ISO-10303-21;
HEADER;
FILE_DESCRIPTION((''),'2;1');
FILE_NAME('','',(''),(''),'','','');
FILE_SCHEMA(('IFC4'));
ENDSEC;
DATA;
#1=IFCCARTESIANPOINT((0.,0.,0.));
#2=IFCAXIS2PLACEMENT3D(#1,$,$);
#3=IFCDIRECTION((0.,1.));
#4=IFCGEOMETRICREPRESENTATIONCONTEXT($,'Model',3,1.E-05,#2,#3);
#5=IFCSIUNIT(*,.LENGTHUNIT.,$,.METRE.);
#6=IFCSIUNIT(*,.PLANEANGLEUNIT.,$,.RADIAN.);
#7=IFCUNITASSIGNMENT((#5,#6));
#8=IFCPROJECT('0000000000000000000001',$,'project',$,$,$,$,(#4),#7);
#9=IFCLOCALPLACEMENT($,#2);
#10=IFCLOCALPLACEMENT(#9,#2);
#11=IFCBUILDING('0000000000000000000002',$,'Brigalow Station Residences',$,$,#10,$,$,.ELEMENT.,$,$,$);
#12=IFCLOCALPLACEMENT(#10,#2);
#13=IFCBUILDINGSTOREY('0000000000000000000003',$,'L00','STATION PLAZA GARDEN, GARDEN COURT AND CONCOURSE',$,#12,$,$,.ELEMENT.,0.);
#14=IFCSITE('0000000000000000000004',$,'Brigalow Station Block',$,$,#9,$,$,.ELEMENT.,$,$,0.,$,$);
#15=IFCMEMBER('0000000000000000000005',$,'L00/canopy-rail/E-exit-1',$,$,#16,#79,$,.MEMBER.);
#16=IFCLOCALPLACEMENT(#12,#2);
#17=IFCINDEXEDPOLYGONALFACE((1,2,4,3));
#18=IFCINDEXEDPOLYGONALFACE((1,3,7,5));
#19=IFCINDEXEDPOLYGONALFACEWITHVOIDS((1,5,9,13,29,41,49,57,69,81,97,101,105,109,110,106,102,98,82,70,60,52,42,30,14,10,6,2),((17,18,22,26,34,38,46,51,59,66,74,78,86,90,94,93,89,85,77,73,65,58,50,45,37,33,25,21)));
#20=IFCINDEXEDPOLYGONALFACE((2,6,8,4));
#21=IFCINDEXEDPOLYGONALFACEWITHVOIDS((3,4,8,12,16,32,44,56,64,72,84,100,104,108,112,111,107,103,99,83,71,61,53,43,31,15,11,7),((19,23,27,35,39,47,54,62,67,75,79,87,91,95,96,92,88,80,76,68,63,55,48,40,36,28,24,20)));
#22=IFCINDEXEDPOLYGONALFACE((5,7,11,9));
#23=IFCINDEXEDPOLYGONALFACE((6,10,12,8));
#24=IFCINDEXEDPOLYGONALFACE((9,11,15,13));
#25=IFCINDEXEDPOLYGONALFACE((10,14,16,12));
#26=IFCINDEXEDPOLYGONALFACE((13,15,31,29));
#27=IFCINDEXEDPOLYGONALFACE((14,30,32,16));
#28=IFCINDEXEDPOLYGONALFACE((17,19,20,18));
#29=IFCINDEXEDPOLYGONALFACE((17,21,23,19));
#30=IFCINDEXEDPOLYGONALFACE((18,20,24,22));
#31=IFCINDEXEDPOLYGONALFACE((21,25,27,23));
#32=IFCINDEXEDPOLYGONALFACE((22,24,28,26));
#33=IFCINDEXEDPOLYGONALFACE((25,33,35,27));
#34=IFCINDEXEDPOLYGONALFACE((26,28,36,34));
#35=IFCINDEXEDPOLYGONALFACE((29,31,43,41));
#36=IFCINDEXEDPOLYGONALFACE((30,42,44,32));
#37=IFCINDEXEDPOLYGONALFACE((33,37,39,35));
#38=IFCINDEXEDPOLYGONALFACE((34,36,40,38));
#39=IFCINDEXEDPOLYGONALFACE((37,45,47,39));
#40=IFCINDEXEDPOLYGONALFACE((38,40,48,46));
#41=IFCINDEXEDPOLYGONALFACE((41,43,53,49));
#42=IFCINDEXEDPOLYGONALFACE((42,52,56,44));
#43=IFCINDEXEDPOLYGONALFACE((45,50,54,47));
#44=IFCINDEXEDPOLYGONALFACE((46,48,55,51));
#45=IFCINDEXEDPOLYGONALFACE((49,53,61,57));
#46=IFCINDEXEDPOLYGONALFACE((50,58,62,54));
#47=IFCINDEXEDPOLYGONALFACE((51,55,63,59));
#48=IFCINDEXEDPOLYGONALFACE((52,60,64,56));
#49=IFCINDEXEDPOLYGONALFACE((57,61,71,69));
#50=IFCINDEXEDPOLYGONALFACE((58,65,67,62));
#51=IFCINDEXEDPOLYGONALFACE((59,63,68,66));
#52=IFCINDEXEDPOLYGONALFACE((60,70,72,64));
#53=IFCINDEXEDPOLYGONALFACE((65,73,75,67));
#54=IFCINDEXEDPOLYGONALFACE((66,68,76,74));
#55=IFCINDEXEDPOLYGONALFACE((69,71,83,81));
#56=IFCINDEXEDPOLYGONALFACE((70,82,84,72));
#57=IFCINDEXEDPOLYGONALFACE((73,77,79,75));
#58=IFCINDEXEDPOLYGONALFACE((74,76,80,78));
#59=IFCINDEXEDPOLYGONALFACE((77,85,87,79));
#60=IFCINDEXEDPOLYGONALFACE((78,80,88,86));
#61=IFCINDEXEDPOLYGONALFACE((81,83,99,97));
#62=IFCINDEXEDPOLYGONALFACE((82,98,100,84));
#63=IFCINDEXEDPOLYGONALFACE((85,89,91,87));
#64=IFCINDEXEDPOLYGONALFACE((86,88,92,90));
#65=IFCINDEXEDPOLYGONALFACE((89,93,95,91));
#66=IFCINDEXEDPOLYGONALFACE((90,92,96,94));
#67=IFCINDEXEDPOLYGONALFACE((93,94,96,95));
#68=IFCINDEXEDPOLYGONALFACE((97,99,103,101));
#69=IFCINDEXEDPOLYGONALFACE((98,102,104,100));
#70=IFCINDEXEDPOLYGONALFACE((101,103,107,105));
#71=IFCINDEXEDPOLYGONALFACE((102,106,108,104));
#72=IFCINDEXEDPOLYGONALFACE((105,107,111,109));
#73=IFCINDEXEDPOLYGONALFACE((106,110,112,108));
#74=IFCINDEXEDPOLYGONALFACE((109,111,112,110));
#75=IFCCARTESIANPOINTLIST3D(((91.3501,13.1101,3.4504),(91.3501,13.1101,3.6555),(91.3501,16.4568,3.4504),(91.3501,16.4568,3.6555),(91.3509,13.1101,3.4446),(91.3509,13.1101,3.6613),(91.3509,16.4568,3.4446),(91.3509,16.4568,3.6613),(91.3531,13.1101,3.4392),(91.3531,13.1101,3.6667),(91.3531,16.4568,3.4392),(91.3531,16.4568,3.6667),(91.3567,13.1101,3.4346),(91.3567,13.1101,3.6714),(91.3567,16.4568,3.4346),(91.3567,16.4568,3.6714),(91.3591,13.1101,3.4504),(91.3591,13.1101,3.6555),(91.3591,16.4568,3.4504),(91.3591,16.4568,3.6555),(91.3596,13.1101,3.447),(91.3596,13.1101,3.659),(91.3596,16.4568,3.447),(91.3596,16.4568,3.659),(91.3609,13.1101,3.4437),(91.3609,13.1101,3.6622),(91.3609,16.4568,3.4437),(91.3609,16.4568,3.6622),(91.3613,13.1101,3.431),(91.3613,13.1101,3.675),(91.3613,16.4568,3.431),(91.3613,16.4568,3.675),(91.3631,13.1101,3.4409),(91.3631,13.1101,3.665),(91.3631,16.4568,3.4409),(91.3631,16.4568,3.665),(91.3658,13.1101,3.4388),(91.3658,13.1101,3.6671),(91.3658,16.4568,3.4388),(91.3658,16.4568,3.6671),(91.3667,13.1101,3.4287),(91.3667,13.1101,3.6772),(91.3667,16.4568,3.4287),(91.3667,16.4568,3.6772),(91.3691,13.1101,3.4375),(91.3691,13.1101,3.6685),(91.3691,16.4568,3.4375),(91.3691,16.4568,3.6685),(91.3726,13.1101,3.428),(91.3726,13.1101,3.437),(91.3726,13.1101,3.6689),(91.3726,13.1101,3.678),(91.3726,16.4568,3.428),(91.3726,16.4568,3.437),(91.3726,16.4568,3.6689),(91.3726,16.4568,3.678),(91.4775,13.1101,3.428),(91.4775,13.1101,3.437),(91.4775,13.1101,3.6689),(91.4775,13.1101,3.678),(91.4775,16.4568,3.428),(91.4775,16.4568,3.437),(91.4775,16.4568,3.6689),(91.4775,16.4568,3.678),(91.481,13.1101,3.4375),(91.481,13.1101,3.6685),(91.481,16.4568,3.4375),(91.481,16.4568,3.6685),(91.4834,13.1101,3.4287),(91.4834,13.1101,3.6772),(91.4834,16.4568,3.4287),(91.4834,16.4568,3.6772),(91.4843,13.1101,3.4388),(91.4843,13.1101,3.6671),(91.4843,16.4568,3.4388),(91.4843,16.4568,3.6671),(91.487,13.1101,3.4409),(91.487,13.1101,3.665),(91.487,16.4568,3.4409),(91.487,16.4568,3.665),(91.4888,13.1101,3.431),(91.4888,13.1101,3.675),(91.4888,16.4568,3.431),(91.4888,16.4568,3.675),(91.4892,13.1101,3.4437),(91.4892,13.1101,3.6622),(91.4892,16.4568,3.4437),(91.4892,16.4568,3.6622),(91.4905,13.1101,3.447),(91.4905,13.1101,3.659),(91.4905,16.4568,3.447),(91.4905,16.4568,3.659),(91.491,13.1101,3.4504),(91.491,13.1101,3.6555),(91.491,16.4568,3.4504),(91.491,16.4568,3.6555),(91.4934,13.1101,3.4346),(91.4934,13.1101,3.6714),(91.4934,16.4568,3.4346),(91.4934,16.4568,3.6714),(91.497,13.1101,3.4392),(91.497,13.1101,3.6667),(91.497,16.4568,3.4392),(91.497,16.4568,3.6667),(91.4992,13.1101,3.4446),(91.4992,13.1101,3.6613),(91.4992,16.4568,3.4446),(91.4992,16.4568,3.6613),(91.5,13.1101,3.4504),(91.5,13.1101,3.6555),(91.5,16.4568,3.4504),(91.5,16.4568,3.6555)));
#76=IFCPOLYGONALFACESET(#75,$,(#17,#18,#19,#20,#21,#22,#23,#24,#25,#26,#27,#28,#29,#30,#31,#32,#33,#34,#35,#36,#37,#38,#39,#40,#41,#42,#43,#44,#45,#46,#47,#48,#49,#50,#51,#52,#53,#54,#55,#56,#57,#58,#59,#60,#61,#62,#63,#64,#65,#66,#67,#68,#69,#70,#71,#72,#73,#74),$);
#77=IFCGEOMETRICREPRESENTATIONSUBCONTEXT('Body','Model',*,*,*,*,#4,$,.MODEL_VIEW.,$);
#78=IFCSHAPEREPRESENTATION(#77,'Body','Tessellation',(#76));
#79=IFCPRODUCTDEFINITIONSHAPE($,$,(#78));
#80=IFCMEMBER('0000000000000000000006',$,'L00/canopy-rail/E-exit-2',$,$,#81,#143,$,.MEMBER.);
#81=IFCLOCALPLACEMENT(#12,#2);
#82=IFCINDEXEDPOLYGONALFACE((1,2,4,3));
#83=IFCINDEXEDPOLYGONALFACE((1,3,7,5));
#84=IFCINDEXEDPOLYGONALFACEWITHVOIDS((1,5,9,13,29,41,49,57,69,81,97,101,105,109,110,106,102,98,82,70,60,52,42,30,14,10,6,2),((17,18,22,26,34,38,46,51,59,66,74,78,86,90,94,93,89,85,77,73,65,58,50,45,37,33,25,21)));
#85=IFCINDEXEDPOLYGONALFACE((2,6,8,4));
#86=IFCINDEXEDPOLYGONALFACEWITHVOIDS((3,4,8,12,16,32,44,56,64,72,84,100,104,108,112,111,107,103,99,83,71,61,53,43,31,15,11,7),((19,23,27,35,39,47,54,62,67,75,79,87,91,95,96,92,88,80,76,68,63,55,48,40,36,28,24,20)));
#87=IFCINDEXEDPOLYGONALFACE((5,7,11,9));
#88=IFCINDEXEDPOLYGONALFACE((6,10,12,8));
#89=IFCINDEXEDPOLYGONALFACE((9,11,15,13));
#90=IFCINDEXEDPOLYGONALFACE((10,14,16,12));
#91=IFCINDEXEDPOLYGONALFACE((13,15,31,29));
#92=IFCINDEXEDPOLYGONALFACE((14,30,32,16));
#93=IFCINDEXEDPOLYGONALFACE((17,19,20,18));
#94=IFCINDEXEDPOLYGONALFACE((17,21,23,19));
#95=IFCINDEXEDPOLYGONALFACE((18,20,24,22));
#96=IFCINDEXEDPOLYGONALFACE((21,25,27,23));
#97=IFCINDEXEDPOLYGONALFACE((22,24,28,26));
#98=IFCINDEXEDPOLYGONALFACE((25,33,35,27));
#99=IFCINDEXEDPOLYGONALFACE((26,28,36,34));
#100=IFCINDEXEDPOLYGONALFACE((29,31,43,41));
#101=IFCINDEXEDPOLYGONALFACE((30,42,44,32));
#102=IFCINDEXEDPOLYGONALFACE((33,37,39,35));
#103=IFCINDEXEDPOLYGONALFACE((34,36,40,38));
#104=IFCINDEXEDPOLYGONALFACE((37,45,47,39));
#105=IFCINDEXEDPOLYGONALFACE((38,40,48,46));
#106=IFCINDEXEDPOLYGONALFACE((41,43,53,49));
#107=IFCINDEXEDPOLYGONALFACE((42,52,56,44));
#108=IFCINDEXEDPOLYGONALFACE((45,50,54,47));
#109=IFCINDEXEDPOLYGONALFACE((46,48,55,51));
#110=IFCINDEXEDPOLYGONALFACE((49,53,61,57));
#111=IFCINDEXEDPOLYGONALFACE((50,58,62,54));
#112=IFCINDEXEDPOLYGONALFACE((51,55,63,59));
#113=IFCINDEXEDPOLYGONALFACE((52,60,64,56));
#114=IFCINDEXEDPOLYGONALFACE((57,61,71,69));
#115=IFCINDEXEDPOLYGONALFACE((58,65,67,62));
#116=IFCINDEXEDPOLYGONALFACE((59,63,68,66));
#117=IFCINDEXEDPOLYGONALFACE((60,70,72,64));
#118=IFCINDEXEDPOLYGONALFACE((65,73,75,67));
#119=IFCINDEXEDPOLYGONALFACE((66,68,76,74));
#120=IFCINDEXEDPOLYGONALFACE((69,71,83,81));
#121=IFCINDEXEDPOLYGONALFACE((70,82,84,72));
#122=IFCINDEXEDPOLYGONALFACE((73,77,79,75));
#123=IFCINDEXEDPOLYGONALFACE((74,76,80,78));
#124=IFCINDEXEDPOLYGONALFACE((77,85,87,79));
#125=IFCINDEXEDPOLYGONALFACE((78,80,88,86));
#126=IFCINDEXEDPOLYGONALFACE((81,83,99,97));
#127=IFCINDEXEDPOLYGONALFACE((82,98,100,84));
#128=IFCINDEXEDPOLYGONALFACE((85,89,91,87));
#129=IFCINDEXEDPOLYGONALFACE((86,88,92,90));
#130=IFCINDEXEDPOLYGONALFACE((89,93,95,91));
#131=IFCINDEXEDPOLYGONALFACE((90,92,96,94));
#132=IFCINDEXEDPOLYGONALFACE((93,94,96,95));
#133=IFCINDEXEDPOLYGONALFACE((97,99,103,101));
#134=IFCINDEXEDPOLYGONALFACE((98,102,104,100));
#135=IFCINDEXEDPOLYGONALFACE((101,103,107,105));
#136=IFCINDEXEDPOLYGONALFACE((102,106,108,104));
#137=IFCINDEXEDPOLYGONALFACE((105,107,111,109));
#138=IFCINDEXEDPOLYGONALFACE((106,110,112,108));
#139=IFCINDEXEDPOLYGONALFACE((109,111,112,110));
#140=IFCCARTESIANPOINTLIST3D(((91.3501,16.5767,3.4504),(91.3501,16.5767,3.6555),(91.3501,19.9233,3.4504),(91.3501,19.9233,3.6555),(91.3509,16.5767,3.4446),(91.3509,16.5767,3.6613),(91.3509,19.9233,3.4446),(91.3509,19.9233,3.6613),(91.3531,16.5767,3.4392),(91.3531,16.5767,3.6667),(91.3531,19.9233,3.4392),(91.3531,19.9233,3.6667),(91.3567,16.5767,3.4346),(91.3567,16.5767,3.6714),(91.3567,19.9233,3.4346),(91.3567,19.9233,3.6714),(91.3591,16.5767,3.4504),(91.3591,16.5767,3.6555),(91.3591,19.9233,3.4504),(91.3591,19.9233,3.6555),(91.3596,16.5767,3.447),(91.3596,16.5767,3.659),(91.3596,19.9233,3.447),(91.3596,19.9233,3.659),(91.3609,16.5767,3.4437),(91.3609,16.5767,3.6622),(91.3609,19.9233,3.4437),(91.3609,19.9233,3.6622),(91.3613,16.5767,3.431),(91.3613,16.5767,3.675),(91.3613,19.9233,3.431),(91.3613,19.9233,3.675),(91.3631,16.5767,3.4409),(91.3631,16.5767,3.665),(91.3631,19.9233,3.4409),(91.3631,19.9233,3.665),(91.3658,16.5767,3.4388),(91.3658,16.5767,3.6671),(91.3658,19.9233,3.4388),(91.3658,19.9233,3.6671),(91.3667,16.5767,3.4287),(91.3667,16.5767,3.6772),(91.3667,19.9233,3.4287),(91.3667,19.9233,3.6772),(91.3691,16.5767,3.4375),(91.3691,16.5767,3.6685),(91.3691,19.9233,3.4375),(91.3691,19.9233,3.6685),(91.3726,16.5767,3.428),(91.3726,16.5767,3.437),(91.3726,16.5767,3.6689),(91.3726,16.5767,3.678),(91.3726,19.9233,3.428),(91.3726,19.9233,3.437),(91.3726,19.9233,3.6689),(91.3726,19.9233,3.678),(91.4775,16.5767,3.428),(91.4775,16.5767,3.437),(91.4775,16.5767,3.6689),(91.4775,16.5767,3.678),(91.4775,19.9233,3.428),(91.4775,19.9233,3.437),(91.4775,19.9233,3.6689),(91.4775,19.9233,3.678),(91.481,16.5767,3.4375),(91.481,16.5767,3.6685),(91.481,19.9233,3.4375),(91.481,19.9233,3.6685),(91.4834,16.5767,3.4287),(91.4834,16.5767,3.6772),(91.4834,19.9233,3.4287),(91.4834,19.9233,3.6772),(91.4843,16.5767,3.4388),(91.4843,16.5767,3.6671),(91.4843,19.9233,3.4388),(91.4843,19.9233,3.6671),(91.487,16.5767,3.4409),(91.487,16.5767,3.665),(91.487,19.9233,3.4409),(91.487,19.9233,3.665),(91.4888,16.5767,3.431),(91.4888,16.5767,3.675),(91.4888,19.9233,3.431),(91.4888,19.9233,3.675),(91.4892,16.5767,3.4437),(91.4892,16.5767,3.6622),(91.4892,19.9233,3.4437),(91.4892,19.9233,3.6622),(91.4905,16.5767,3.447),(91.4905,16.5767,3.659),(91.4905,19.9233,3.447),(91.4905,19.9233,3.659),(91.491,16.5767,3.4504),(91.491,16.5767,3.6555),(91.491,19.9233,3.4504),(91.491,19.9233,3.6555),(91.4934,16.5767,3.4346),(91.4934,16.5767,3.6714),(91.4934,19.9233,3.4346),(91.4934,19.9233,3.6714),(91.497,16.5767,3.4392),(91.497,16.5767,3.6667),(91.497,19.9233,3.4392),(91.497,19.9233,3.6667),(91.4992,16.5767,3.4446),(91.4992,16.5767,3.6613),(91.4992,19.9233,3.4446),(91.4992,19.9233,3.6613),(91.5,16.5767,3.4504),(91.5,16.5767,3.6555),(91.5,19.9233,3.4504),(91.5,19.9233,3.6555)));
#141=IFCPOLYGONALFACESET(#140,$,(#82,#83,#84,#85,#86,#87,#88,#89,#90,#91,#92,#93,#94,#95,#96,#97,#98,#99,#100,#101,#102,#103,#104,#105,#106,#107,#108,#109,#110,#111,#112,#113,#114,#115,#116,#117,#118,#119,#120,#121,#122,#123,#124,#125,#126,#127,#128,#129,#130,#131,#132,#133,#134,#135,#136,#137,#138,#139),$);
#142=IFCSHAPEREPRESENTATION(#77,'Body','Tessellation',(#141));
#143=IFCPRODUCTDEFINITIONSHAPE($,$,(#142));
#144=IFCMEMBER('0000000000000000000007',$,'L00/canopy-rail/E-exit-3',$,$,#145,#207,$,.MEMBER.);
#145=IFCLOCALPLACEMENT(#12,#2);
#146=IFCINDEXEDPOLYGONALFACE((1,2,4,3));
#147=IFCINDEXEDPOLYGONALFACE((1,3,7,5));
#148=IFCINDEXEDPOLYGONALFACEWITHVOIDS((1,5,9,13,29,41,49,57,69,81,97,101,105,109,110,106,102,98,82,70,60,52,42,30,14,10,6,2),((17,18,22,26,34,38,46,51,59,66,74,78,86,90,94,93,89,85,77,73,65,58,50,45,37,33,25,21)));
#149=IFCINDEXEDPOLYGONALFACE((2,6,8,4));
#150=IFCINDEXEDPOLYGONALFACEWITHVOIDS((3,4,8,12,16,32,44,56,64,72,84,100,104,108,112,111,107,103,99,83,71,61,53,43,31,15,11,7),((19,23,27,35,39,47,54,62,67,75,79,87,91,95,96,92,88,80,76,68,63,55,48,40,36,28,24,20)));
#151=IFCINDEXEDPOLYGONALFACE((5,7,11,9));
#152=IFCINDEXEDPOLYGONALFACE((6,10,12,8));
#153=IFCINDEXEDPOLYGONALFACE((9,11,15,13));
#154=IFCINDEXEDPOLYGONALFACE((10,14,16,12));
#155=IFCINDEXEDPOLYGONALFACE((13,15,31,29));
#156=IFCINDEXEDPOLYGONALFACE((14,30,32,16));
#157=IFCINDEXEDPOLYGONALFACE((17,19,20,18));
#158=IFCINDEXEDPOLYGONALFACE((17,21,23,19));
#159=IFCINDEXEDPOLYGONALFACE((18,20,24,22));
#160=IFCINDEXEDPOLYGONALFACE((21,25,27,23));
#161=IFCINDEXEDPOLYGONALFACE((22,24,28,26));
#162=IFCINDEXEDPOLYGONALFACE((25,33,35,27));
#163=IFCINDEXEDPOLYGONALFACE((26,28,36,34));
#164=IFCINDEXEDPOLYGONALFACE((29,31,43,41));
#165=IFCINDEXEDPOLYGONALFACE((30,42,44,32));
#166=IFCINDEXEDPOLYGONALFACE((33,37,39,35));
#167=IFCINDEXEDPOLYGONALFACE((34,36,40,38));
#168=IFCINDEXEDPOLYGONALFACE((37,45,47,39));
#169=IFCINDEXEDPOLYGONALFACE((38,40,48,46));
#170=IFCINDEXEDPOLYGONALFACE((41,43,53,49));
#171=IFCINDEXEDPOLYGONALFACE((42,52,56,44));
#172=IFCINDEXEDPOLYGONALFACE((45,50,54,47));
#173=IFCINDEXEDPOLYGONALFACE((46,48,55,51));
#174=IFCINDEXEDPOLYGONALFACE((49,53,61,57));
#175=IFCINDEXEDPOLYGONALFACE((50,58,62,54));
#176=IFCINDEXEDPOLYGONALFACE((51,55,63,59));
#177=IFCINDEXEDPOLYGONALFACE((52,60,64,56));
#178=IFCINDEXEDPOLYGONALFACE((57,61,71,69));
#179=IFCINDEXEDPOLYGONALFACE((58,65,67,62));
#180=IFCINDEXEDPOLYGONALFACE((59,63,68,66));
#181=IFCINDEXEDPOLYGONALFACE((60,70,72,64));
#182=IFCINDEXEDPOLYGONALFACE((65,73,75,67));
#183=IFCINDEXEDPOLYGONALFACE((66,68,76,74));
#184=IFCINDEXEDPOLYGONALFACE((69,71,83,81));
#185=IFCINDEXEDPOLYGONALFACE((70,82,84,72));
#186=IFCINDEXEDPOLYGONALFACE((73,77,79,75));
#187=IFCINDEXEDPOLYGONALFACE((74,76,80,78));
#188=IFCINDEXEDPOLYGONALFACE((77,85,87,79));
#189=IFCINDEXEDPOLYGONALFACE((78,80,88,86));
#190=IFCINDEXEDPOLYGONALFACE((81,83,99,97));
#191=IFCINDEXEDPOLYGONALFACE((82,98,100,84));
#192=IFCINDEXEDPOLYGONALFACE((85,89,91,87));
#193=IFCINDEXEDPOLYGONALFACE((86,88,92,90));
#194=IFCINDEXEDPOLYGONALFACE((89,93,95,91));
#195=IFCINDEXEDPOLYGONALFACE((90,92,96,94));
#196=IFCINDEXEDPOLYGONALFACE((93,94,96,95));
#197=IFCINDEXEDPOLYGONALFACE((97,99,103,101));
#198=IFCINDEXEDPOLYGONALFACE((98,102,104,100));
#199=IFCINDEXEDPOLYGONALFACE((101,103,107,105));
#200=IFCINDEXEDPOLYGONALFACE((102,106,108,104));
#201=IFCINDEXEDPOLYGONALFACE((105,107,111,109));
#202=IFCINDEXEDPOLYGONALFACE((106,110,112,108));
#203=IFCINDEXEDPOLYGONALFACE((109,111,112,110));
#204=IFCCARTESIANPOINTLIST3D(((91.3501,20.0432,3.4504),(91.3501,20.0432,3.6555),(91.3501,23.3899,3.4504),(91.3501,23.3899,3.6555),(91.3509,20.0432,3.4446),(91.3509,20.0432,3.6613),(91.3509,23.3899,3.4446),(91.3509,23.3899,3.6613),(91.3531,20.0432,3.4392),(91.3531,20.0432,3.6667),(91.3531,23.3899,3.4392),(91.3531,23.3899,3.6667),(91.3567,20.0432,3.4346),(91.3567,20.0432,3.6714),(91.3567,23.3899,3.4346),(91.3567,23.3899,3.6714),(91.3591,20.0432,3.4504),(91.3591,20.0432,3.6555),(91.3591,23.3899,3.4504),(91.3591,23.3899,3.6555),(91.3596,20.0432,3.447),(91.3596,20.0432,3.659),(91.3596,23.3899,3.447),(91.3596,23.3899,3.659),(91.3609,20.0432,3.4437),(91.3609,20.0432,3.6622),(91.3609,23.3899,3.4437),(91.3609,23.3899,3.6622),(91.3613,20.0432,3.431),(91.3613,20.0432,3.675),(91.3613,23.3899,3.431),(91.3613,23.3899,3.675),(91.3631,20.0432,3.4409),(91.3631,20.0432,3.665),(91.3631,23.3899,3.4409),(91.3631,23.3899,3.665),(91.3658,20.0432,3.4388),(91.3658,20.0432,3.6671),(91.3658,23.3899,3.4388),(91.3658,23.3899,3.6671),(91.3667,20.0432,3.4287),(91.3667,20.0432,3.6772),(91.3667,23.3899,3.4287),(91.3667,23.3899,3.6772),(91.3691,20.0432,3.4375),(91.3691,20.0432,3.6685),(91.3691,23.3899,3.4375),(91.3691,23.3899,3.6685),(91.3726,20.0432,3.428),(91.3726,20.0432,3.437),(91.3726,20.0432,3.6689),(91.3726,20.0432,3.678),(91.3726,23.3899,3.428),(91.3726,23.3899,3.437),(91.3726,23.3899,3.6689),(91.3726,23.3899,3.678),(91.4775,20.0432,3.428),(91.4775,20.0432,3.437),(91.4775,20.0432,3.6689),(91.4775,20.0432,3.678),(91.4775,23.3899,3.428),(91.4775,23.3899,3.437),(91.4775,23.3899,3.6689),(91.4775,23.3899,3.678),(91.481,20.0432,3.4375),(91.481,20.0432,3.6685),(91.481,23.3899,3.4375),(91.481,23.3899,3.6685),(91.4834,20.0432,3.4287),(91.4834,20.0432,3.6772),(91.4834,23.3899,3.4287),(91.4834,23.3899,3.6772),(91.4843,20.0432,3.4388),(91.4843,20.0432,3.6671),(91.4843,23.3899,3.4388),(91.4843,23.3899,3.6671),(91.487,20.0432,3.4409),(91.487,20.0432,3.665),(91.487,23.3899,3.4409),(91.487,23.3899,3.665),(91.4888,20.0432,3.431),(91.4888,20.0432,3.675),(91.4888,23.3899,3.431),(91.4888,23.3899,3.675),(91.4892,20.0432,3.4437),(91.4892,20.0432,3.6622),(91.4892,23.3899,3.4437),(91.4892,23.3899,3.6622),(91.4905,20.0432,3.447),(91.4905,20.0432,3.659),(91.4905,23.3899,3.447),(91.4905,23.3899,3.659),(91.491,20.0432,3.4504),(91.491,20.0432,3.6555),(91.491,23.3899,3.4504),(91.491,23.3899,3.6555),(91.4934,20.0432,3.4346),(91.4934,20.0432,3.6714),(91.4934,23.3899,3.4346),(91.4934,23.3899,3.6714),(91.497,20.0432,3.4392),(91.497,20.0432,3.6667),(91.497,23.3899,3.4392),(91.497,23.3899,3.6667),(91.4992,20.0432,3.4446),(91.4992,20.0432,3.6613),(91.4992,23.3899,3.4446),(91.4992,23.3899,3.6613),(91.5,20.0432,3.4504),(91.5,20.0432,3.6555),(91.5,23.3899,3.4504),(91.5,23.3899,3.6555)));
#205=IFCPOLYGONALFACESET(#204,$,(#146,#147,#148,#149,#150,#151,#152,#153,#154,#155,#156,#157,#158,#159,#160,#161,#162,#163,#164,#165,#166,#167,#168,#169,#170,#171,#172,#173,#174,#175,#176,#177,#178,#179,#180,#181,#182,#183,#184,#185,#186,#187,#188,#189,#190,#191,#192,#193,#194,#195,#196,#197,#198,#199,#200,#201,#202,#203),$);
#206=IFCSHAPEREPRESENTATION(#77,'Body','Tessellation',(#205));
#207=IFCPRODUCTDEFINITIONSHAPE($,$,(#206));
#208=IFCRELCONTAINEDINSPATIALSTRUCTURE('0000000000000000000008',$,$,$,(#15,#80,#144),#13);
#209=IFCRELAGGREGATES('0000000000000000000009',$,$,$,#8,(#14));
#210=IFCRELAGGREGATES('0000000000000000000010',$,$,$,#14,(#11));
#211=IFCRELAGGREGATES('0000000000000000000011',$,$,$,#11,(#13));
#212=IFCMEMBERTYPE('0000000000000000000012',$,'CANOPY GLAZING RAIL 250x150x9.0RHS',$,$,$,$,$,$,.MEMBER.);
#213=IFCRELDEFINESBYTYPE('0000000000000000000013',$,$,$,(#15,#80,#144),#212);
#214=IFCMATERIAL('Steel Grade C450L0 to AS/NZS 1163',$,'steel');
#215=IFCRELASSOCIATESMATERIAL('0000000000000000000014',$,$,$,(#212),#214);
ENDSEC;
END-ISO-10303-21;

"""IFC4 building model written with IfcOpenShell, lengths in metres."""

from ifc_helpers import new_model, si_unit, direction, frame, origin, origin_2d, place, context, subcontext, project, spatial, hollow_rectangle, extrude, material, material_profile, profile_set, type_object, element, save


model = new_model("IFC4")

# Units and contexts
model_context = context("Model", 3, precision=1e-05, world=origin(), true_north=direction((0.0, 1.0)))
body_context = subcontext(model_context, "Body", "Model", "MODEL_VIEW")
ifc_project = project(units=[si_unit("LENGTHUNIT", "METRE"), si_unit("PLANEANGLEUNIT", "RADIAN")], contexts=[model_context])

# Site, building, storey
site_placement = place(None, origin())
site = spatial("IfcSite", under=ifc_project, at=site_placement, Name="Brigalow Station Block", CompositionType="ELEMENT", RefElevation=0.0)
building_placement = place(site_placement, origin())
building = spatial("IfcBuilding", under=site, at=building_placement, Name="Brigalow Station Residences", CompositionType="ELEMENT")
storey_placement = place(building_placement, origin())
storey = spatial("IfcBuildingStorey", under=building, at=storey_placement, Name="L00", Description="STATION PLAZA GARDEN, GARDEN COURT AND CONCOURSE", CompositionType="ELEMENT", Elevation=0.0)

# Members
ifc_material_1 = material(Name="Steel Grade C450L0 to AS/NZS 1163", Category="steel")
ifc_material_profile_1 = material_profile(ifc_material_1, hollow_rectangle(XDim=0.1499, YDim=0.25, WallThickness=0.009, InnerFilletRadius=0.0134, OuterFilletRadius=0.0225, at=origin_2d()), Name="250x150x9.0RHS")
ifc_profile_set_1 = profile_set([ifc_material_profile_1], Name="Steel Grade C450L0 to AS/NZS 1163")
member_type = type_object("IfcMemberType", Name="CANOPY GLAZING RAIL 250x150x9.0RHS", PredefinedType="MEMBER", material=ifc_profile_set_1)
for number, where, z_axis, x_axis, name in (
    (1, (91.425, 13.1101, 3.553), (0.0, 1.0, 0.0), (-1.0, 0.0, 0.0), "L00/canopy-rail/E-exit-1"),
    (2, (91.425, 16.5767, 3.553), (0.0, 1.0, 0.0), (-1.0, 0.0, 0.0), "L00/canopy-rail/E-exit-2"),
    (3, (91.425, 20.0432, 3.553), (0.0, 1.0, 0.0), (-1.0, 0.0, 0.0), "L00/canopy-rail/E-exit-3"),
):
    element("IfcMember", number, at=place(storey_placement, frame(where, z_axis=z_axis, x_axis=x_axis)), inside=storey, type_object=member_type, Name=name, PredefinedType="MEMBER", context=body_context, shape_type="SweptSolid", body=[
        extrude(hollow_rectangle(XDim=0.1499, YDim=0.25, WallThickness=0.009, InnerFilletRadius=0.0134, OuterFilletRadius=0.0225, at=origin_2d()), origin(), (0.0, 0.0, 1.0), 3.3467),
    ])

save(model, "model.ifc")
